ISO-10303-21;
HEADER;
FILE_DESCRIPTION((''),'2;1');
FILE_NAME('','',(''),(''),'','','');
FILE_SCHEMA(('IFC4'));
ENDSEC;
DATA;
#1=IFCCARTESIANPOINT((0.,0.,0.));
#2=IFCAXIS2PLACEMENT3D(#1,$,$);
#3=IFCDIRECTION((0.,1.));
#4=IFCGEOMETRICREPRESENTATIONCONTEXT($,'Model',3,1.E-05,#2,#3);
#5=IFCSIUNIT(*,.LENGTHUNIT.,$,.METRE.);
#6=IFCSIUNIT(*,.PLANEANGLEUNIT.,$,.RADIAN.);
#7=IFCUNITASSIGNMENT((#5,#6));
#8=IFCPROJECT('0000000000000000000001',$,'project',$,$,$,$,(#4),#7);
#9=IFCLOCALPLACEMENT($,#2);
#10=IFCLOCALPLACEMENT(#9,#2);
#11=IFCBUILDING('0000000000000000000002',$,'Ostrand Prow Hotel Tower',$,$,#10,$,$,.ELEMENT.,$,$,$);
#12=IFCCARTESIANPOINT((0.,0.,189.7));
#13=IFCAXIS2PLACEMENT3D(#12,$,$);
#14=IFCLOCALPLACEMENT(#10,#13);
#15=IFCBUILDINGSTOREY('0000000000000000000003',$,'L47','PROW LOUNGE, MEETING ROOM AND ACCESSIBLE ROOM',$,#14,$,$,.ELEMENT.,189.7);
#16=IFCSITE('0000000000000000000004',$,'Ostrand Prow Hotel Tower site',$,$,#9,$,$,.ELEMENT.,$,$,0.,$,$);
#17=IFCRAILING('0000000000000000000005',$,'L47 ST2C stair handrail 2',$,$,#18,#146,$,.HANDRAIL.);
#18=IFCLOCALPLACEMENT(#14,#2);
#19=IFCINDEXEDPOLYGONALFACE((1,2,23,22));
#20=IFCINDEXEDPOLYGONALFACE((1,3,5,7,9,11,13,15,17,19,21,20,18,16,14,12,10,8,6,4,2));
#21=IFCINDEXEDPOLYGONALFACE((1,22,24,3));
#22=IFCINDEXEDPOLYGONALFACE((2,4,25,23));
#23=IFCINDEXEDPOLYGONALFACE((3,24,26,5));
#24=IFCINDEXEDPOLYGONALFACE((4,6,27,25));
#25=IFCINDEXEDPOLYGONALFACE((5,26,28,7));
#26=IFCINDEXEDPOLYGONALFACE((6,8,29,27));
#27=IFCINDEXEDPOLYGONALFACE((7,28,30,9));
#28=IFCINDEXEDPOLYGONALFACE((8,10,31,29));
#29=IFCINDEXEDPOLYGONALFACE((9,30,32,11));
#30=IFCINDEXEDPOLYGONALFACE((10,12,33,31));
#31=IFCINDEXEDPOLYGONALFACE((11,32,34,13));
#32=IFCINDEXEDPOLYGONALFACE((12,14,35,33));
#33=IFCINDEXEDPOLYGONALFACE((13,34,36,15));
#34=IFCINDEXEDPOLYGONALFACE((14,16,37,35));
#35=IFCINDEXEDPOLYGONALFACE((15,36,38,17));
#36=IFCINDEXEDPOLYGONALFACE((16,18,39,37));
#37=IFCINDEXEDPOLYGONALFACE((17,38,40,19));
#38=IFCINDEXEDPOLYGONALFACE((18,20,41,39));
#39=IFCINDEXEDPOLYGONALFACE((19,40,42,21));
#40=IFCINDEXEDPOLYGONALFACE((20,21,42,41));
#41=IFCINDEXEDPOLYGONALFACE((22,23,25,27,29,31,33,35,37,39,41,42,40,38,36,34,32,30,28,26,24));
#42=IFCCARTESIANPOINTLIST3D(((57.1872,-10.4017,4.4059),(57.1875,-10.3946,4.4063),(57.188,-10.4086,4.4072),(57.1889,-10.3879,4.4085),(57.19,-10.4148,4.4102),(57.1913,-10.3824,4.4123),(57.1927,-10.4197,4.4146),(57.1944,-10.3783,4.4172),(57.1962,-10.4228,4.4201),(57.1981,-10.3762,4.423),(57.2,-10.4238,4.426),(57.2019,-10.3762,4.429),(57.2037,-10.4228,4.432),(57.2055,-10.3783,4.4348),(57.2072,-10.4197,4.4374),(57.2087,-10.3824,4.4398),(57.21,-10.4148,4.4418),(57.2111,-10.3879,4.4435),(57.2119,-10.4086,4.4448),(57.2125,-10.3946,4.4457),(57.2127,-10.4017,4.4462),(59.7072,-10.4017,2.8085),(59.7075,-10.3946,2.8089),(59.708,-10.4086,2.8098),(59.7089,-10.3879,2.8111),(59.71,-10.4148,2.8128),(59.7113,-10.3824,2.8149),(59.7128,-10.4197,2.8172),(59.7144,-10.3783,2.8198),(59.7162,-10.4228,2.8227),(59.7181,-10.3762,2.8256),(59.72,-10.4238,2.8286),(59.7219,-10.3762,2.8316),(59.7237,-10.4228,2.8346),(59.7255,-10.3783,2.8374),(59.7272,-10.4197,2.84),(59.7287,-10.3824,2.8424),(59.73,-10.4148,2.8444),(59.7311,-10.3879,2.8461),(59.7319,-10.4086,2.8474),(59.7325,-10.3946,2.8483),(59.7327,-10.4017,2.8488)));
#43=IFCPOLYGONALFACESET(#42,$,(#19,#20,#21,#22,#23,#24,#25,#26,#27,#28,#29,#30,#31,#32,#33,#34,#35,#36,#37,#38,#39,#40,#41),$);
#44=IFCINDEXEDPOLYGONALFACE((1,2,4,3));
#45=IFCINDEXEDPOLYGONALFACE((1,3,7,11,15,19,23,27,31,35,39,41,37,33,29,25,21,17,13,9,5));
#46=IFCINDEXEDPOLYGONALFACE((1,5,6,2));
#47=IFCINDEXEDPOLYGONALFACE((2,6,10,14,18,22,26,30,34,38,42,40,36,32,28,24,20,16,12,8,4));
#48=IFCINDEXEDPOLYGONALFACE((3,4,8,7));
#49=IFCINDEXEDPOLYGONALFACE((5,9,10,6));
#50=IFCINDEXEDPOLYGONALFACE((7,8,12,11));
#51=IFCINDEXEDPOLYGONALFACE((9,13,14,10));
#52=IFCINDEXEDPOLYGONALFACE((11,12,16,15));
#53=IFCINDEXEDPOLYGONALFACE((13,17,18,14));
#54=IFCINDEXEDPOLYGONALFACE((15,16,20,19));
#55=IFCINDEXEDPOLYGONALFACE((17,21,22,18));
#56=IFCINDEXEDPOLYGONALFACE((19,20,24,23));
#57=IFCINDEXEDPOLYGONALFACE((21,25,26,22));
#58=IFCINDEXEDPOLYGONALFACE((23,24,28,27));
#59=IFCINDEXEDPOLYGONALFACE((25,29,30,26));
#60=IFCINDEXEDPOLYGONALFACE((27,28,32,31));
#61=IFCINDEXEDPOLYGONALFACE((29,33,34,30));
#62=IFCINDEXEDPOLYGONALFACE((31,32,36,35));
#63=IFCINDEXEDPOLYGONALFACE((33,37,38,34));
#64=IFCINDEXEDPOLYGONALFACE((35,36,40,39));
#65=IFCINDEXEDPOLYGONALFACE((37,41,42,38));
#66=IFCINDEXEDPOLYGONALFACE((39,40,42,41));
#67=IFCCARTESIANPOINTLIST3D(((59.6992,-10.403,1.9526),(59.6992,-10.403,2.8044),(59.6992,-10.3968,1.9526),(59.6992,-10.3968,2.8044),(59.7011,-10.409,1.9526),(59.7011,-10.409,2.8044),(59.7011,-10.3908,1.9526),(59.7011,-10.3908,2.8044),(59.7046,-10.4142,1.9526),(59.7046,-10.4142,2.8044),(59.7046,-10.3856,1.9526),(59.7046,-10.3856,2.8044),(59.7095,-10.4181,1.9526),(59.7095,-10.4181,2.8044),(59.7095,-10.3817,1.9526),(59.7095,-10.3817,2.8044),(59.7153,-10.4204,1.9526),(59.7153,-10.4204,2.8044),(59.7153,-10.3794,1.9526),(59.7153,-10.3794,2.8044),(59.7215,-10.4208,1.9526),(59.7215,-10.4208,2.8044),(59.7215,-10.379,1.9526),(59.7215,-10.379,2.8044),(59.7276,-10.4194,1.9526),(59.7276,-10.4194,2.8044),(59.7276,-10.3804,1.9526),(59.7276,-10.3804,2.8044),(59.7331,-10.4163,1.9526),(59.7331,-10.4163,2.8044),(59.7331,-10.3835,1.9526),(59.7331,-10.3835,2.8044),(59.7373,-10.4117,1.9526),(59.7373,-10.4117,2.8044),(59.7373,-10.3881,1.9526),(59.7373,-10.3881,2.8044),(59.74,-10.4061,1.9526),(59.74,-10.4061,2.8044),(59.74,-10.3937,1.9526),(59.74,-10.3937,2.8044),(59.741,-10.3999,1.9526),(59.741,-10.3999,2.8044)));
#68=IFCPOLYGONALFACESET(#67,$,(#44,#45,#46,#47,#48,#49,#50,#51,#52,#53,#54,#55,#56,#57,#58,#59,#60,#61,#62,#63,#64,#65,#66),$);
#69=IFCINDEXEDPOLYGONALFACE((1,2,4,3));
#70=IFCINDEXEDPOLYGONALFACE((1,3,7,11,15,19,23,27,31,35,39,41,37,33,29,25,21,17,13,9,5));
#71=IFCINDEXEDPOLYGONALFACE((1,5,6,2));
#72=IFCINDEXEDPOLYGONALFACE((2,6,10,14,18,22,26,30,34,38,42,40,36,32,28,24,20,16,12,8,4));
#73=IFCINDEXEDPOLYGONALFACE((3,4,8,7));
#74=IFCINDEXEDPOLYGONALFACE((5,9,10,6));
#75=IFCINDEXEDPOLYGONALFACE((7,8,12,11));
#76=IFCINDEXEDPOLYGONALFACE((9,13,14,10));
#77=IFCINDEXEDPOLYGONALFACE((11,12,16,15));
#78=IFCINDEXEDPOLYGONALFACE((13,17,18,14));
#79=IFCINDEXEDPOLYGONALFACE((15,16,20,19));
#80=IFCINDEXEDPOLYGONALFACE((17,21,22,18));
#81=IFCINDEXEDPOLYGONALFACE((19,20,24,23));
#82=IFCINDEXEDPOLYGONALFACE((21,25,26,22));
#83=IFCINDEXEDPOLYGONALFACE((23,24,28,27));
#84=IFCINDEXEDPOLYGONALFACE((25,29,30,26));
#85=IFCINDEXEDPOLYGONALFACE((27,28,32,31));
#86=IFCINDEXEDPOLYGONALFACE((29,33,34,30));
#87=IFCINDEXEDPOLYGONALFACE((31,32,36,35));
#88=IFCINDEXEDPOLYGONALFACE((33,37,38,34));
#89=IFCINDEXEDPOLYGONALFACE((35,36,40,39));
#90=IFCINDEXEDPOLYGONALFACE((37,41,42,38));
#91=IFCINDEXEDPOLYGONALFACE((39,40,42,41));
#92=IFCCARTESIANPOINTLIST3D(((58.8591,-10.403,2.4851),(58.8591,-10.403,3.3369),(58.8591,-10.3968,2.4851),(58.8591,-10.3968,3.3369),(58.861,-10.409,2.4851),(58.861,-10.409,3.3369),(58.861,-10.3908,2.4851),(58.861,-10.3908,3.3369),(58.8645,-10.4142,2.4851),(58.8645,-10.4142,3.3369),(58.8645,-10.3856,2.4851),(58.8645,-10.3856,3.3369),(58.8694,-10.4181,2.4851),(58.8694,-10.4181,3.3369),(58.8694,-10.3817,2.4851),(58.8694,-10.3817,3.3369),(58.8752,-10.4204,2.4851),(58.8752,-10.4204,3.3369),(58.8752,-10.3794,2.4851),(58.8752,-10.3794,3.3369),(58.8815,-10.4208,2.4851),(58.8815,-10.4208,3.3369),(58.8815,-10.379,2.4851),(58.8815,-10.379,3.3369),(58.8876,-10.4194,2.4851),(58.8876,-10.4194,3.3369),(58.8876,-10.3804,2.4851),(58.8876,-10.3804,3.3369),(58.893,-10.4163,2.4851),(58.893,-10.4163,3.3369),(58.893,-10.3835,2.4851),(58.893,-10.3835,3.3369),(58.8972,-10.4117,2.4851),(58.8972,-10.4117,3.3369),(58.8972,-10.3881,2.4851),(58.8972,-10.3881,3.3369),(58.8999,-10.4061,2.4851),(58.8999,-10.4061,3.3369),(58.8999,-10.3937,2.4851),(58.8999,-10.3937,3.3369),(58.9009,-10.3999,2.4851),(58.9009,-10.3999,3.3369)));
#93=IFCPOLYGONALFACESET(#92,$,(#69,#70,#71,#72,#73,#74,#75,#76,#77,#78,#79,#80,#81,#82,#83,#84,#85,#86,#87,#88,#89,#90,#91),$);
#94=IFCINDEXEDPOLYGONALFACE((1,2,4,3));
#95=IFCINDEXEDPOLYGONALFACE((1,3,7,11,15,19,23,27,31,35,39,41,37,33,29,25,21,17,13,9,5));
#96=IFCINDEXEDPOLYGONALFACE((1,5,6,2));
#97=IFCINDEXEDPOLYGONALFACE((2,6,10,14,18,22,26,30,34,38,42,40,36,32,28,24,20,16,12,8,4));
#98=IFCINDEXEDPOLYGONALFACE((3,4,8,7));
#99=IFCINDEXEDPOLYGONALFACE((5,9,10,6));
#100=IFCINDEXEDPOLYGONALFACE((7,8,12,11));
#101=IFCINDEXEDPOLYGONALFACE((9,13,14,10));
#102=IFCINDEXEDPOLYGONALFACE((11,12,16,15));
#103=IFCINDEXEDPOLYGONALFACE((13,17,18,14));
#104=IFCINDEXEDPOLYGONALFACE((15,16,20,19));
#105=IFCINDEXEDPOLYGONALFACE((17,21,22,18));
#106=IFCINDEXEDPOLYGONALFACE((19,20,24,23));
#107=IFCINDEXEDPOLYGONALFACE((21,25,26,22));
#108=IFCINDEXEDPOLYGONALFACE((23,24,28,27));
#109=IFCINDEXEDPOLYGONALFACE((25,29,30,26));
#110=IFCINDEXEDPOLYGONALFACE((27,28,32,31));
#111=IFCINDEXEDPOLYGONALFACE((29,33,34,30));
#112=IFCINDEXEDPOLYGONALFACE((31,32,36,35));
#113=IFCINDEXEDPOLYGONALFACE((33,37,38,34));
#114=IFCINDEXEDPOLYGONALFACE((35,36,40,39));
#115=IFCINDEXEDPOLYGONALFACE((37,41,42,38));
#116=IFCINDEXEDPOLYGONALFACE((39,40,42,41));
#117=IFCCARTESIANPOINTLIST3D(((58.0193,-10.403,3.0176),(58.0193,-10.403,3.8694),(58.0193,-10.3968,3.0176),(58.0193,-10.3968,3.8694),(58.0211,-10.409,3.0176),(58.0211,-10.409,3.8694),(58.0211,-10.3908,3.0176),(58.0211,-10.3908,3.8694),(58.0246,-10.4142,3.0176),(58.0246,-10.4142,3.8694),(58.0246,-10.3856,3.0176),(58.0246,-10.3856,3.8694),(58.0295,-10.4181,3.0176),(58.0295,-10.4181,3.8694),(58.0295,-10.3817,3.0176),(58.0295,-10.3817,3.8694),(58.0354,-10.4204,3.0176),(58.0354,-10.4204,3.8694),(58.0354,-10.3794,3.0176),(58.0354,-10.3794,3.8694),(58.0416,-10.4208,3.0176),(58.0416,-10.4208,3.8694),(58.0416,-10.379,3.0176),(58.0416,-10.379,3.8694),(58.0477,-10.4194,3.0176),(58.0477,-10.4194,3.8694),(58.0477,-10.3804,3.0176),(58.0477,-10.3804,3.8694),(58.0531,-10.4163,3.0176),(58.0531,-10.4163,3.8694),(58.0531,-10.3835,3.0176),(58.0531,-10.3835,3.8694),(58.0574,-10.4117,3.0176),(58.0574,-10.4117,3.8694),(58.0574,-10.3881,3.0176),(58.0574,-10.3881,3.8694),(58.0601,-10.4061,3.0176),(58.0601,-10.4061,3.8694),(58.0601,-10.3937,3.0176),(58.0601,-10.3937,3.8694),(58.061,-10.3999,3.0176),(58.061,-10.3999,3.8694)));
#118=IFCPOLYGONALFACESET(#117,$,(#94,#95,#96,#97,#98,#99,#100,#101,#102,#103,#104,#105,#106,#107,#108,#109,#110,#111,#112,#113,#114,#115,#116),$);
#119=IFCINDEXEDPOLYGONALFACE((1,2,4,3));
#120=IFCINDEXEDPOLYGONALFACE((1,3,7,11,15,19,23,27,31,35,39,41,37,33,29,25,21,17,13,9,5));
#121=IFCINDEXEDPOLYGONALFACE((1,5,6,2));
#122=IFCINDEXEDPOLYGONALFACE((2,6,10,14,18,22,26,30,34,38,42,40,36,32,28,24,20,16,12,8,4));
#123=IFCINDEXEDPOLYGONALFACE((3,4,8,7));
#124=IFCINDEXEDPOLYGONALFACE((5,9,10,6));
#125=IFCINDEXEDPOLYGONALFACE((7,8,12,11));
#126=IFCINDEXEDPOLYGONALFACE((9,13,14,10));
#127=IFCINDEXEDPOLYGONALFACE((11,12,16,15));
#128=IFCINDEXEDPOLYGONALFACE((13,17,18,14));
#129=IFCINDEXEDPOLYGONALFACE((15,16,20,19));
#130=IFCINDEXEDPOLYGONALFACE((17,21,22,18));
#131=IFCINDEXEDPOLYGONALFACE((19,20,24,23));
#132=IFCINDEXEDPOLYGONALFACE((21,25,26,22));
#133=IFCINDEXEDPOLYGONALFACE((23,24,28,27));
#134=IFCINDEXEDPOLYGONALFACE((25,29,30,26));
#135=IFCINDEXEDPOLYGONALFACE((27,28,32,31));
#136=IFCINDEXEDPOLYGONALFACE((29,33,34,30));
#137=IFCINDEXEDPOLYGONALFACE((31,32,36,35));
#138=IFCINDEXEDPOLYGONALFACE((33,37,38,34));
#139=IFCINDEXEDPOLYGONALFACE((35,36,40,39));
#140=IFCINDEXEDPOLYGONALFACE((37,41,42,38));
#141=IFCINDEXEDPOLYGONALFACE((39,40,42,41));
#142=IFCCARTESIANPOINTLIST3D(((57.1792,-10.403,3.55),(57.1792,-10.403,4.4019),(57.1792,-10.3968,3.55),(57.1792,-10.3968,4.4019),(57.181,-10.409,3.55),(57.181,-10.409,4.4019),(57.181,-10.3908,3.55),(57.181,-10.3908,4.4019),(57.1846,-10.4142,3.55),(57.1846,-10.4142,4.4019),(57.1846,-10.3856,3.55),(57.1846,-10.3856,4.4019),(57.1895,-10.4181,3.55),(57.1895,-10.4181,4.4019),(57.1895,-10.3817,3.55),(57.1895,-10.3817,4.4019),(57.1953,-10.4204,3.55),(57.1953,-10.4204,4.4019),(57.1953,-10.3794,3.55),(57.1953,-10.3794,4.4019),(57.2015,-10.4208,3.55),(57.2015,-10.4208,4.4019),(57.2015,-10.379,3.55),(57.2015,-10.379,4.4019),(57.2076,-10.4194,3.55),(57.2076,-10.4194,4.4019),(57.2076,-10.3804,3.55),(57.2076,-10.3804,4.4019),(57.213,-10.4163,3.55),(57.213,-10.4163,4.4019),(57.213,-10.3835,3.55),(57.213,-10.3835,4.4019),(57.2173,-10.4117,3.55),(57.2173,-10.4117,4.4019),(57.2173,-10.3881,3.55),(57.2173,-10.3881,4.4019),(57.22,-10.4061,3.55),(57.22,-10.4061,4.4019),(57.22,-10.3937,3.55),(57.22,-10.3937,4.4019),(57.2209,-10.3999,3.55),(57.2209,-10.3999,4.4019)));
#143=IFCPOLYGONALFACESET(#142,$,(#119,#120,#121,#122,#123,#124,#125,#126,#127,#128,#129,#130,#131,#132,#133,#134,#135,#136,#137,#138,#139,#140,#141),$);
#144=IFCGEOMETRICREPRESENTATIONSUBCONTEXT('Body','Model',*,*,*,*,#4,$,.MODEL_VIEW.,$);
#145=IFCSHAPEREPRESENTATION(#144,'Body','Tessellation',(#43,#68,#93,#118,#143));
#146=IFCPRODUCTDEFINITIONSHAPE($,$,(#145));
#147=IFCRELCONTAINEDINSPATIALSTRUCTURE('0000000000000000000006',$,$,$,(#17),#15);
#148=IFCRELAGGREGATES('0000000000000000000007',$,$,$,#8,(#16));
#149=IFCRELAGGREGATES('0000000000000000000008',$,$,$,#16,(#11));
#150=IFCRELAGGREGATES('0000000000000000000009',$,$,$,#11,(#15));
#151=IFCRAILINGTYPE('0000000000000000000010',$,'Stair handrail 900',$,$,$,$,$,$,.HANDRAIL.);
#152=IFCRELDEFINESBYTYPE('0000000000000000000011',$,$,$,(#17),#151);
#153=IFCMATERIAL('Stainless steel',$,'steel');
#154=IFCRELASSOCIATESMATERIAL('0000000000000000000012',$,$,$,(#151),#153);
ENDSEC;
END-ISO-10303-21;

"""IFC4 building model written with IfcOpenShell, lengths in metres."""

from ifc_helpers import new_model, si_unit, direction, frame, origin, origin_2d, place, context, subcontext, project, spatial, circle, extrude, material, type_object, element, save


model = new_model("IFC4")

# Units and contexts
model_context = context("Model", 3, precision=1e-05, world=origin(), true_north=direction((0.0, 1.0)))
body_context = subcontext(model_context, "Body", "Model", "MODEL_VIEW")
ifc_project = project(units=[si_unit("LENGTHUNIT", "METRE"), si_unit("PLANEANGLEUNIT", "RADIAN")], contexts=[model_context])

# Site, building, storey
site_placement = place(None, origin())
site = spatial("IfcSite", under=ifc_project, at=site_placement, Name="Ostrand Prow Hotel Tower site", CompositionType="ELEMENT", RefElevation=0.0)
building_placement = place(site_placement, origin())
building = spatial("IfcBuilding", under=site, at=building_placement, Name="Ostrand Prow Hotel Tower", CompositionType="ELEMENT")
storey_placement = place(building_placement, frame((0.0, 0.0, 189.7)))
storey = spatial("IfcBuildingStorey", under=building, at=storey_placement, Name="L47", Description="PROW LOUNGE, MEETING ROOM AND ACCESSIBLE ROOM", CompositionType="ELEMENT", Elevation=189.7)

# Railing
ifc_material_1 = material(Name="Stainless steel", Category="steel")
railing_type_1 = type_object("IfcRailingType", Name="Stair handrail 900", PredefinedType="HANDRAIL", material=ifc_material_1)
railing_1_placement = place(storey_placement, frame((59.72, -10.3999, 1.9526)))
element("IfcRailing", 1, at=railing_1_placement, inside=storey, type_object=railing_type_1, Name="L47 ST2C stair handrail 2", PredefinedType="HANDRAIL", context=body_context, shape_type="SweptSolid", body=[
    extrude(circle(Radius=0.0239, at=origin_2d()), frame((0.0, 0.0, 0.876), z_axis=(-0.844607, 0.0, 0.535387), x_axis=(0.0, -1.0, 0.0)), (0.0, 0.0, 1.0), 2.9836),
    extrude(circle(Radius=0.021, at=origin_2d()), origin(), (0.0, 0.0, 1.0), 0.8518),
    extrude(circle(Radius=0.021, at=origin_2d()), frame((-0.8401, 0.0, 0.5325)), (0.0, 0.0, 1.0), 0.8518),
    extrude(circle(Radius=0.021, at=origin_2d()), frame((-1.6799, 0.0, 1.0649)), (0.0, 0.0, 1.0), 0.8518),
    extrude(circle(Radius=0.021, at=origin_2d()), frame((-2.52, 0.0, 1.5974)), (0.0, 0.0, 1.0), 0.8518),
])

save(model, "model.ifc")
